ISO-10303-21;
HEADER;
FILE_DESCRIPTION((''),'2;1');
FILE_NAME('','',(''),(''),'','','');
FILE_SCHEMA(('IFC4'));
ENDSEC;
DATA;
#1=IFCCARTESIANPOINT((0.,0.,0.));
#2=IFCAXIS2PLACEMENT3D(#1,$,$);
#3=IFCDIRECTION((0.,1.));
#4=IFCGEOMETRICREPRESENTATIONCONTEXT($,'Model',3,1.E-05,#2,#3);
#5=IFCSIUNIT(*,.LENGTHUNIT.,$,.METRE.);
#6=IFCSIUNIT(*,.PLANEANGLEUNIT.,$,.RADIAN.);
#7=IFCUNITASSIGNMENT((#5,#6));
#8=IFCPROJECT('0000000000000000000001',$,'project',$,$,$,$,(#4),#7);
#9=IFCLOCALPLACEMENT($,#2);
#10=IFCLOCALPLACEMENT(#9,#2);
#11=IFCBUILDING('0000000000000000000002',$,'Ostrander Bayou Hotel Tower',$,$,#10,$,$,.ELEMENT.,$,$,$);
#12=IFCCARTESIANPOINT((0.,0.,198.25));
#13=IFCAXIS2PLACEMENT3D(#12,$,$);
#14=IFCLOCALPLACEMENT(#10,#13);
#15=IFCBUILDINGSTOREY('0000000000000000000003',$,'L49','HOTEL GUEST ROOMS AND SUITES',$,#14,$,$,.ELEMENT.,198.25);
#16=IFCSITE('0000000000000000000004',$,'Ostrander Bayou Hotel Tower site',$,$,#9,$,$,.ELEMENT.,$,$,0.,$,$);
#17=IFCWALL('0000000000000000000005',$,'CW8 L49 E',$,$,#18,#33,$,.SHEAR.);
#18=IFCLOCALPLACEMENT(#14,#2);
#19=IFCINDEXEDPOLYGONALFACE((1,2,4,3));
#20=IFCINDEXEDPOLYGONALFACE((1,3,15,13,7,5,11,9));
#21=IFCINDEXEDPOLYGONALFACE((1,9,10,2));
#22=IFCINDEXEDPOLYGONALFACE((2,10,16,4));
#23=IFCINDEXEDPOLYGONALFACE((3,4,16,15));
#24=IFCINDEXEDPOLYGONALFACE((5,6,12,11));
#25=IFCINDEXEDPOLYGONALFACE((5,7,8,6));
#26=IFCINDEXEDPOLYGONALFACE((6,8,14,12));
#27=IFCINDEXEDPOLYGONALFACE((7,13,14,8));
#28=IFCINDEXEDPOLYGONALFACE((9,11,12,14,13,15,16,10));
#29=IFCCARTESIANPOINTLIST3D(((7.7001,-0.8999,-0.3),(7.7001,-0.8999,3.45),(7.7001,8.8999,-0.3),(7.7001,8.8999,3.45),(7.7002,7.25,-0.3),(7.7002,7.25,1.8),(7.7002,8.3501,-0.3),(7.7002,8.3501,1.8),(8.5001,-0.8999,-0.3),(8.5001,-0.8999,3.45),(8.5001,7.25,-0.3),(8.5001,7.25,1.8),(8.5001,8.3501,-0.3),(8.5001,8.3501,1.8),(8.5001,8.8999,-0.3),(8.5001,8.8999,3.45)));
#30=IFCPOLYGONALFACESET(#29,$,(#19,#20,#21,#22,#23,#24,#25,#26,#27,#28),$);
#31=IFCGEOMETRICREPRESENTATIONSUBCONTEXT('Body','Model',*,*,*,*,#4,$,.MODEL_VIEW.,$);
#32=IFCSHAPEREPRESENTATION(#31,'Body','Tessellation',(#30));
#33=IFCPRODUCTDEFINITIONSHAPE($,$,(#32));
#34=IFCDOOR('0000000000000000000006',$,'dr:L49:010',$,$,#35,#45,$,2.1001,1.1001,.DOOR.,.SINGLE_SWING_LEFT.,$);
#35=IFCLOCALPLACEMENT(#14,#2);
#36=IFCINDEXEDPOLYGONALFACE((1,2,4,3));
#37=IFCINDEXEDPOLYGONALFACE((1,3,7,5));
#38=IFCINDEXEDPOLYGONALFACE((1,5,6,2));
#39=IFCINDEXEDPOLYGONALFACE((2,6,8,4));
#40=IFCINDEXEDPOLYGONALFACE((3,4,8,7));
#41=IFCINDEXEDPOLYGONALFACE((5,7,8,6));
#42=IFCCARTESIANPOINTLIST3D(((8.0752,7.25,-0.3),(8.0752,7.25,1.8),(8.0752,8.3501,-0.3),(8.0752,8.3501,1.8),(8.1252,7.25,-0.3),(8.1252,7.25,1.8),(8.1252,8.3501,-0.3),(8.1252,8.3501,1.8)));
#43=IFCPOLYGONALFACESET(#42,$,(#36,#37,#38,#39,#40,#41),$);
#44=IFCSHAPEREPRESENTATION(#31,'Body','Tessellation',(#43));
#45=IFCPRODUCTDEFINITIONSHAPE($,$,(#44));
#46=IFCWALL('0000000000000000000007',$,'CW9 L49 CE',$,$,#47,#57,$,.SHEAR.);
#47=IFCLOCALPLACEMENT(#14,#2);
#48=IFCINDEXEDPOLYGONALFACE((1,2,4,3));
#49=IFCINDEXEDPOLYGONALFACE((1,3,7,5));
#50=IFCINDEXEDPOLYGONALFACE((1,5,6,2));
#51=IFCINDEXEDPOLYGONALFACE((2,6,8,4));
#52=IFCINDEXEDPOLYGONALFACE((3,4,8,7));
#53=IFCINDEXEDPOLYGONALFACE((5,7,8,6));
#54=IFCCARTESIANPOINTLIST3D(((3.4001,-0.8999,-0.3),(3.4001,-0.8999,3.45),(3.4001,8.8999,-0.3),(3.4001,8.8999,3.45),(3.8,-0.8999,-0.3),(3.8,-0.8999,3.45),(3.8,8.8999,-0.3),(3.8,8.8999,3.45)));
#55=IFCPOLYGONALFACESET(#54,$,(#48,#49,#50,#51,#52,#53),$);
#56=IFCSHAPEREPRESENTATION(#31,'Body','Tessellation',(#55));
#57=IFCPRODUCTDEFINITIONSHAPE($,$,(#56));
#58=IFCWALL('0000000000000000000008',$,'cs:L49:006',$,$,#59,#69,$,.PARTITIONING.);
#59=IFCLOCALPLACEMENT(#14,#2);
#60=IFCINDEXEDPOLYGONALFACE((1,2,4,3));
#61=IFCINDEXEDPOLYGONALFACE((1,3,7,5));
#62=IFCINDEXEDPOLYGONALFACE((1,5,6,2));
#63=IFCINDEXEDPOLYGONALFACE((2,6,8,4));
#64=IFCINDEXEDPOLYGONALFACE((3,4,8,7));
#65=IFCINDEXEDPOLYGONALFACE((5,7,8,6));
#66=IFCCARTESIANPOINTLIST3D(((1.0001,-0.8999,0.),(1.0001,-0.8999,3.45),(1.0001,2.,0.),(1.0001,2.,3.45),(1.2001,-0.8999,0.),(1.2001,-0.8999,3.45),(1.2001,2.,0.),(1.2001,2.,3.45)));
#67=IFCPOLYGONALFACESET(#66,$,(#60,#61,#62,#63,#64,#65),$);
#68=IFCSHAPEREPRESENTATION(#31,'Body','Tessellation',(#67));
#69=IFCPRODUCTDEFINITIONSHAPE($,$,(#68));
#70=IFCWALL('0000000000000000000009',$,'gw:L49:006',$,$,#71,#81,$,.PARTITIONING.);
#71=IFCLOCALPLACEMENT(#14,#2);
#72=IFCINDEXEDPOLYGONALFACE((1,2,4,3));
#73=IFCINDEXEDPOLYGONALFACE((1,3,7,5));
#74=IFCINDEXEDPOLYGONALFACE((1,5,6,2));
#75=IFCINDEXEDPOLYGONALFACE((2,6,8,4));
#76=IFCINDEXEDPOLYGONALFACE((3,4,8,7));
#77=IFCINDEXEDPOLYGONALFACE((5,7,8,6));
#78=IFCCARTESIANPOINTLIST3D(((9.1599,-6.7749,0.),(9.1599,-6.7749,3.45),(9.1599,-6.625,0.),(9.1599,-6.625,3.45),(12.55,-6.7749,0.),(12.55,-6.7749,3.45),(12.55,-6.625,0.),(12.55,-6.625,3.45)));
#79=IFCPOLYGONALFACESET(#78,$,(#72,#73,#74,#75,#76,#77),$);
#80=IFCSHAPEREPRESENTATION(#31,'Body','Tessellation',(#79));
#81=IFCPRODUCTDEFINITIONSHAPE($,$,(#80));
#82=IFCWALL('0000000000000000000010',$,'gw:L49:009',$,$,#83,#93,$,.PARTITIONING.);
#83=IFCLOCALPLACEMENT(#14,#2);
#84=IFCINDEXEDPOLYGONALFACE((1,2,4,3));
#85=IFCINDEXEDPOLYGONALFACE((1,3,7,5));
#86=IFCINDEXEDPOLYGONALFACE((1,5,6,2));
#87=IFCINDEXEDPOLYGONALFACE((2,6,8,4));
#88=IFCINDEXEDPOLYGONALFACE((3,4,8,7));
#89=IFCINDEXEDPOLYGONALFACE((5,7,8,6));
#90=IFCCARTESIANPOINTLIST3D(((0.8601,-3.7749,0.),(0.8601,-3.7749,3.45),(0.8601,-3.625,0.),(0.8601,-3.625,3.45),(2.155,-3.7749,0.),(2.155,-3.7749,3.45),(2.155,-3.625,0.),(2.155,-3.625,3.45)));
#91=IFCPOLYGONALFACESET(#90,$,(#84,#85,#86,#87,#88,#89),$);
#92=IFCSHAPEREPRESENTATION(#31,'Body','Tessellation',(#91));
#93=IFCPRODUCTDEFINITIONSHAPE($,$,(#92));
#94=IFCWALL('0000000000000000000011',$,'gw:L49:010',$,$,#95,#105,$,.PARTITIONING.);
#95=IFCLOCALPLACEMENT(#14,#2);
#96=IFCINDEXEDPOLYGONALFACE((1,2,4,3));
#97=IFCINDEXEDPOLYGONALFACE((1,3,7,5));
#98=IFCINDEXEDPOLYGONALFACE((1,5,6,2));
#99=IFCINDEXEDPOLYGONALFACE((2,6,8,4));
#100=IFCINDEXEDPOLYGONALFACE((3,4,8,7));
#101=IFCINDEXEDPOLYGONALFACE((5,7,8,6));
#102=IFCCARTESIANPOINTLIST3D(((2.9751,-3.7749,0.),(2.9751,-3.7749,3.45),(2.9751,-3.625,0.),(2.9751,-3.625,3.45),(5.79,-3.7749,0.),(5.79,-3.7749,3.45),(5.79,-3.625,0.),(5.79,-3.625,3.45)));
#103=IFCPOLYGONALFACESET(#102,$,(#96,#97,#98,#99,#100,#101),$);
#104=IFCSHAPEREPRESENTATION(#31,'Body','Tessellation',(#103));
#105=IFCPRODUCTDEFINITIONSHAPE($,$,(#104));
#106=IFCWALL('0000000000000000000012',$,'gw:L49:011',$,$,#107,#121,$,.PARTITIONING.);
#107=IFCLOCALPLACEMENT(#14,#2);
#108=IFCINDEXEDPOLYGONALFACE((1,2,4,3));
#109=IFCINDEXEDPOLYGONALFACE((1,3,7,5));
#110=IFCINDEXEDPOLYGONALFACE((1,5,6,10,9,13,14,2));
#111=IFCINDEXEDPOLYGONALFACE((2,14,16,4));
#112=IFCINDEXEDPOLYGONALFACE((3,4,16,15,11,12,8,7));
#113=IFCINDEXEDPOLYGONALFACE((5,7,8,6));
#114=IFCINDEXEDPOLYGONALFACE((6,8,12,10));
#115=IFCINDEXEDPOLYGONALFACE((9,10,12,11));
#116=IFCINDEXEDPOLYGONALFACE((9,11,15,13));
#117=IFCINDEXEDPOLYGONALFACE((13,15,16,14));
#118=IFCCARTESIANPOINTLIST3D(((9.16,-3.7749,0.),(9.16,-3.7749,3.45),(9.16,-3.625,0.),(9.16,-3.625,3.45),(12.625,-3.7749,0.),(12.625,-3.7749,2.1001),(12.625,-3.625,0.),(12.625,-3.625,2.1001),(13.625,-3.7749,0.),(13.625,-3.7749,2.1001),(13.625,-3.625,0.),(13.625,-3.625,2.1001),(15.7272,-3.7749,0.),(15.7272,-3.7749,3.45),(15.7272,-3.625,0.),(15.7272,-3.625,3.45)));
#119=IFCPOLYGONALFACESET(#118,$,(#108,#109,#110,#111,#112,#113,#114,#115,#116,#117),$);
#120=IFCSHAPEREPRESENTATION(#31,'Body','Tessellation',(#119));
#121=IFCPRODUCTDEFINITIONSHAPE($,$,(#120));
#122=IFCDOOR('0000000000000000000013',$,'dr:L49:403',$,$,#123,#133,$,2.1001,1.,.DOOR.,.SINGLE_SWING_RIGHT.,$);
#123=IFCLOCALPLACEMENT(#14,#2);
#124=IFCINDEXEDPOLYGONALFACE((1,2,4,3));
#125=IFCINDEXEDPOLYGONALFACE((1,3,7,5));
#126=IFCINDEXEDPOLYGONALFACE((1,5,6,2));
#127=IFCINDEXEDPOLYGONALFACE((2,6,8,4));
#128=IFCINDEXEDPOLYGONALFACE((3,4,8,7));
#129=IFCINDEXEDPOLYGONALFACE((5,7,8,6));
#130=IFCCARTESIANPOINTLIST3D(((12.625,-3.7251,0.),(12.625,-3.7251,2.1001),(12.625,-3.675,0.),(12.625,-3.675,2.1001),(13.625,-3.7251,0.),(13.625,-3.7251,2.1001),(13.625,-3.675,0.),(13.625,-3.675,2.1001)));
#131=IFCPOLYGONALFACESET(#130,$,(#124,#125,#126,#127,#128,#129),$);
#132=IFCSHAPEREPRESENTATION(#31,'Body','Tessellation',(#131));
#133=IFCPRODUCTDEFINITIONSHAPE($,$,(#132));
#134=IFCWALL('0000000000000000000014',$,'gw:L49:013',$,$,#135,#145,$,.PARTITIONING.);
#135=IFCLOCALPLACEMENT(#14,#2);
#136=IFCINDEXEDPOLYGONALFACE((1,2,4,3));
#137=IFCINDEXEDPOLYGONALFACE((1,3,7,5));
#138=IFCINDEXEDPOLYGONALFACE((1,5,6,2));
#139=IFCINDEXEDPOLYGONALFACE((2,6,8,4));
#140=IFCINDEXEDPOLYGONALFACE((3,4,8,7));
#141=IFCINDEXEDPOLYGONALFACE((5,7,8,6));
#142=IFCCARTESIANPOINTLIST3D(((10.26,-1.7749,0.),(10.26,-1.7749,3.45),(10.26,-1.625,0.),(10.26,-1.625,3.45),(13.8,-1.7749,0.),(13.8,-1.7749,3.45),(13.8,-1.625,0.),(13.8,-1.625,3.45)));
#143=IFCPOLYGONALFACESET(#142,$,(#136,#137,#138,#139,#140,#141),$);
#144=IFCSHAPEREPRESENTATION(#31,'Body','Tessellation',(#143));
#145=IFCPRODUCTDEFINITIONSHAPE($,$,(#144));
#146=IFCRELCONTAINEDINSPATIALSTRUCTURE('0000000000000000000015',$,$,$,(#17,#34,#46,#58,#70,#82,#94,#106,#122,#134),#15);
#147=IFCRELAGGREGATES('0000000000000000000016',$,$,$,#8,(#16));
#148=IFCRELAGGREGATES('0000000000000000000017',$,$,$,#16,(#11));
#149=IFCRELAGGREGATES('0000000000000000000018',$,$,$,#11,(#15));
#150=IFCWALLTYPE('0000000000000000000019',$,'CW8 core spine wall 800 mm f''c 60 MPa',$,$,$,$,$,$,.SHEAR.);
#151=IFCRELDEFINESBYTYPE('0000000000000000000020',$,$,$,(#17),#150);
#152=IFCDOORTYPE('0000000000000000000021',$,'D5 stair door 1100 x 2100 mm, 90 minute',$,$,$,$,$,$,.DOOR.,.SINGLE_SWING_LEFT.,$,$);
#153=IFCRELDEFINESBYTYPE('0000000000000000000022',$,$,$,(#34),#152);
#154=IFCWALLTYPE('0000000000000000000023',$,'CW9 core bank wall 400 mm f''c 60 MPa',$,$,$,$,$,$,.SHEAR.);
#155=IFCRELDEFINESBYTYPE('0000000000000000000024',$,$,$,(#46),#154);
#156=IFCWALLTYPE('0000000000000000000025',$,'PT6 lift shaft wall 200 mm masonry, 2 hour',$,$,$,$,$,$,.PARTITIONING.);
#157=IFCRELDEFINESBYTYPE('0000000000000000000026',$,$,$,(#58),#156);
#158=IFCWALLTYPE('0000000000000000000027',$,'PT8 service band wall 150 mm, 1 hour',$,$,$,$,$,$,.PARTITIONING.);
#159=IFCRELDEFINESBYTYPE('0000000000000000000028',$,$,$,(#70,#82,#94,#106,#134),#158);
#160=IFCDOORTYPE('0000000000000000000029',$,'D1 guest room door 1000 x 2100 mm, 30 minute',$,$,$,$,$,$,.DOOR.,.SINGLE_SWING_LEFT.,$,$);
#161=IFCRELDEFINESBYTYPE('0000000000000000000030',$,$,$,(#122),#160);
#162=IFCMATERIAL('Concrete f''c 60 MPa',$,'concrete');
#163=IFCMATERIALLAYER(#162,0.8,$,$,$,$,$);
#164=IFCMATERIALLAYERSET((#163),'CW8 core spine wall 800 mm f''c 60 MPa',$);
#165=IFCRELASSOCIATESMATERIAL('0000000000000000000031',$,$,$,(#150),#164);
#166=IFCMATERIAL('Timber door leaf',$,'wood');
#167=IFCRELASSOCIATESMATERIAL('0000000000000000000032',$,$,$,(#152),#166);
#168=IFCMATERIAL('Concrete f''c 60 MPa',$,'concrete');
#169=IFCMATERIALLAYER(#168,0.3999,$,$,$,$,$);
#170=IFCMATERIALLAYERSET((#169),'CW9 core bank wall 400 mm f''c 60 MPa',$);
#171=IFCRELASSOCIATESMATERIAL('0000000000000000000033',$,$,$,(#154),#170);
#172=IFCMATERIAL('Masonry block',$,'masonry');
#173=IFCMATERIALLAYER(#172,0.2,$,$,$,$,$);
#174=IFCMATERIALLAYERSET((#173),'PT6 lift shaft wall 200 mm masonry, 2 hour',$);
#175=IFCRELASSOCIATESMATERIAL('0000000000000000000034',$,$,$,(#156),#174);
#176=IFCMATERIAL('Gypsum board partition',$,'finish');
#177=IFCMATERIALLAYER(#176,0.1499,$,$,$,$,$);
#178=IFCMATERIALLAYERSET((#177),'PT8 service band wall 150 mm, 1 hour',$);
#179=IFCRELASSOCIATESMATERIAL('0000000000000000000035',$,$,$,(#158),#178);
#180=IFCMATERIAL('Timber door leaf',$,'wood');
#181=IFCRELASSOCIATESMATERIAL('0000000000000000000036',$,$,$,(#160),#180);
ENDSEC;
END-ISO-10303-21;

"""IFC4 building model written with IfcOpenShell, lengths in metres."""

from ifc_helpers import new_model, si_unit, direction, frame, frame_2d, origin, place, context, subcontext, project, spatial, rectangle, extrude, material, layer, layer_set, type_object, element, fill, save


model = new_model("IFC4")

# Units and contexts
model_context = context("Model", 3, precision=1e-05, world=origin(), true_north=direction((0.0, 1.0)))
body_context = subcontext(model_context, "Body", "Model", "MODEL_VIEW")
ifc_project = project(units=[si_unit("LENGTHUNIT", "METRE"), si_unit("PLANEANGLEUNIT", "RADIAN")], contexts=[model_context])

# Site, building, storey
site_placement = place(None, origin())
site = spatial("IfcSite", under=ifc_project, at=site_placement, Name="Ostrander Bayou Hotel Tower site", CompositionType="ELEMENT", RefElevation=0.0)
building_placement = place(site_placement, origin())
building = spatial("IfcBuilding", under=site, at=building_placement, Name="Ostrander Bayou Hotel Tower", CompositionType="ELEMENT")
storey_placement = place(building_placement, frame((0.0, 0.0, 198.25)))
storey = spatial("IfcBuildingStorey", under=building, at=storey_placement, Name="L49", Description="HOTEL GUEST ROOMS AND SUITES", CompositionType="ELEMENT", Elevation=198.25)

# Wall, opening, door
ifc_material_1 = material(Name="Concrete f'c 60 MPa", Category="concrete")
ifc_layer_1 = layer(ifc_material_1, 0.8)
ifc_layer_set_1 = layer_set([ifc_layer_1], Name="CW8 core spine wall 800 mm f'c 60 MPa")
wall_type_1 = type_object("IfcWallType", Name="CW8 core spine wall 800 mm f'c 60 MPa", PredefinedType="SHEAR", material=ifc_layer_set_1)
wall_1_placement = place(storey_placement, frame((8.1001, -0.8999, -0.3), z_axis=(0.0, 0.0, 1.0), x_axis=(0.0, 1.0, 0.0)))
wall_1 = element("IfcWall", 1, at=wall_1_placement, inside=storey, type_object=wall_type_1, Name="CW8 L49 E", PredefinedType="SHEAR", context=body_context, shape_type="SweptSolid", body=[
    extrude(rectangle(XDim=9.7998, YDim=0.8, at=frame_2d((4.8999, 0.0))), origin(), (0.0, 0.0, 1.0), 3.75),
])
opening_1_placement = place(wall_1_placement, frame((8.1499, 0.0, 0.0)))
opening_1 = element("IfcOpeningElement", 2, at=opening_1_placement, cuts=wall_1, PredefinedType="OPENING", context=body_context, shape_type="SweptSolid", body=[
    extrude(rectangle(XDim=1.1001, YDim=2.1001, at=frame_2d((0.55, 1.05))), frame((0.0, 0.3999, 0.0), z_axis=(0.0, -1.0, 0.0), x_axis=(1.0, 0.0, 0.0)), (0.0, 0.0, 1.0), 0.8),
])
ifc_material_2 = material(Name="Timber door leaf", Category="wood")
door_type_1 = type_object("IfcDoorType", Name="D5 stair door 1100 x 2100 mm, 90 minute", OperationType="SINGLE_SWING_LEFT", PredefinedType="DOOR", material=ifc_material_2)
door_1_placement = place(opening_1_placement, origin())
door_1 = element("IfcDoor", 3, at=door_1_placement, inside=storey, type_object=door_type_1, Name="dr:L49:010", OperationType="SINGLE_SWING_LEFT", OverallHeight=2.1001, OverallWidth=1.1001, PredefinedType="DOOR", context=body_context, shape_type="SweptSolid", body=[
    extrude(rectangle(XDim=1.1001, YDim=2.1001, at=frame_2d((0.55, 1.05))), frame((0.0, 0.0249, 0.0), z_axis=(0.0, -1.0, 0.0), x_axis=(1.0, 0.0, 0.0)), (0.0, 0.0, 1.0), 0.05),
])
fill(opening_1, door_1)

# Walls
ifc_material_3 = material(Name="Concrete f'c 60 MPa", Category="concrete")
ifc_layer_2 = layer(ifc_material_3, 0.3999)
ifc_layer_set_2 = layer_set([ifc_layer_2], Name="CW9 core bank wall 400 mm f'c 60 MPa")
wall_type_2 = type_object("IfcWallType", Name="CW9 core bank wall 400 mm f'c 60 MPa", PredefinedType="SHEAR", material=ifc_layer_set_2)
wall_2_placement = place(storey_placement, frame((3.6001, -0.8999, -0.3), z_axis=(0.0, 0.0, 1.0), x_axis=(0.0, 1.0, 0.0)))
element("IfcWall", 4, at=wall_2_placement, inside=storey, type_object=wall_type_2, Name="CW9 L49 CE", PredefinedType="SHEAR", context=body_context, shape_type="SweptSolid", body=[
    extrude(rectangle(XDim=9.7998, YDim=0.3999, at=frame_2d((4.8999, 0.0))), origin(), (0.0, 0.0, 1.0), 3.75),
])
ifc_material_4 = material(Name="Masonry block", Category="masonry")
ifc_layer_3 = layer(ifc_material_4, 0.2)
ifc_layer_set_3 = layer_set([ifc_layer_3], Name="PT6 lift shaft wall 200 mm masonry, 2 hour")
wall_type_3 = type_object("IfcWallType", Name="PT6 lift shaft wall 200 mm masonry, 2 hour", PredefinedType="PARTITIONING", material=ifc_layer_set_3)
wall_3_placement = place(storey_placement, frame((1.1001, -0.8999, 0.0), z_axis=(0.0, 0.0, 1.0), x_axis=(0.0, 1.0, 0.0)))
element("IfcWall", 5, at=wall_3_placement, inside=storey, type_object=wall_type_3, Name="cs:L49:006", PredefinedType="PARTITIONING", context=body_context, shape_type="SweptSolid", body=[
    extrude(rectangle(XDim=2.8999, YDim=0.2, at=frame_2d((1.45, 0.0))), origin(), (0.0, 0.0, 1.0), 3.45),
])
ifc_material_5 = material(Name="Gypsum board partition", Category="finish")
ifc_layer_4 = layer(ifc_material_5, 0.1499)
ifc_layer_set_4 = layer_set([ifc_layer_4], Name="PT8 service band wall 150 mm, 1 hour")
wall_type_4 = type_object("IfcWallType", Name="PT8 service band wall 150 mm, 1 hour", PredefinedType="PARTITIONING", material=ifc_layer_set_4)
wall_4_placement = place(storey_placement, frame((9.1599, -6.7, 0.0), z_axis=(0.0, 0.0, 1.0), x_axis=(1.0, 0.0, 0.0)))
element("IfcWall", 6, at=wall_4_placement, inside=storey, type_object=wall_type_4, Name="gw:L49:006", PredefinedType="PARTITIONING", context=body_context, shape_type="SweptSolid", body=[
    extrude(rectangle(XDim=3.3901, YDim=0.1499, at=frame_2d((1.6951, 0.0))), origin(), (0.0, 0.0, 1.0), 3.45),
])
wall_5_placement = place(storey_placement, frame((0.8601, -3.7, 0.0), z_axis=(0.0, 0.0, 1.0), x_axis=(1.0, 0.0, 0.0)))
element("IfcWall", 7, at=wall_5_placement, inside=storey, type_object=wall_type_4, Name="gw:L49:009", PredefinedType="PARTITIONING", context=body_context, shape_type="SweptSolid", body=[
    extrude(rectangle(XDim=1.2949, YDim=0.1499, at=frame_2d((0.6475, 0.0))), origin(), (0.0, 0.0, 1.0), 3.45),
])
wall_6_placement = place(storey_placement, frame((2.9751, -3.7, 0.0), z_axis=(0.0, 0.0, 1.0), x_axis=(1.0, 0.0, 0.0)))
element("IfcWall", 8, at=wall_6_placement, inside=storey, type_object=wall_type_4, Name="gw:L49:010", PredefinedType="PARTITIONING", context=body_context, shape_type="SweptSolid", body=[
    extrude(rectangle(XDim=2.8149, YDim=0.1499, at=frame_2d((1.4075, 0.0))), origin(), (0.0, 0.0, 1.0), 3.45),
])

# Wall, opening, door
wall_7_placement = place(storey_placement, frame((9.1599, -3.7, 0.0), z_axis=(0.0, 0.0, 1.0), x_axis=(1.0, 0.0, 0.0)))
wall_7 = element("IfcWall", 9, at=wall_7_placement, inside=storey, type_object=wall_type_4, Name="gw:L49:011", PredefinedType="PARTITIONING", context=body_context, shape_type="SweptSolid", body=[
    extrude(rectangle(XDim=6.5671, YDim=0.1499, at=frame_2d((3.2837, 0.0))), origin(), (0.0, 0.0, 1.0), 3.45),
])
opening_2_placement = place(wall_7_placement, frame((3.4651, 0.0, 0.0)))
opening_2 = element("IfcOpeningElement", 10, at=opening_2_placement, cuts=wall_7, PredefinedType="OPENING", context=body_context, shape_type="SweptSolid", body=[
    extrude(rectangle(XDim=1.0, YDim=2.1001, at=frame_2d((0.5, 1.05))), frame((0.0, 0.075, 0.0), z_axis=(0.0, -1.0, 0.0), x_axis=(1.0, 0.0, 0.0)), (0.0, 0.0, 1.0), 0.1499),
])
ifc_material_6 = material(Name="Timber door leaf", Category="wood")
door_type_2 = type_object("IfcDoorType", Name="D1 guest room door 1000 x 2100 mm, 30 minute", OperationType="SINGLE_SWING_LEFT", PredefinedType="DOOR", material=ifc_material_6)
door_2_placement = place(opening_2_placement, origin())
door_2 = element("IfcDoor", 11, at=door_2_placement, inside=storey, type_object=door_type_2, Name="dr:L49:403", OperationType="SINGLE_SWING_RIGHT", OverallHeight=2.1001, OverallWidth=1.0, PredefinedType="DOOR", context=body_context, shape_type="SweptSolid", body=[
    extrude(rectangle(XDim=1.0, YDim=2.1001, at=frame_2d((0.5, 1.05))), frame((0.0, 0.0249, 0.0), z_axis=(0.0, -1.0, 0.0), x_axis=(1.0, 0.0, 0.0)), (0.0, 0.0, 1.0), 0.05),
])
fill(opening_2, door_2)

# Wall
wall_8_placement = place(storey_placement, frame((10.26, -1.7, 0.0), z_axis=(0.0, 0.0, 1.0), x_axis=(1.0, 0.0, 0.0)))
element("IfcWall", 12, at=wall_8_placement, inside=storey, type_object=wall_type_4, Name="gw:L49:013", PredefinedType="PARTITIONING", context=body_context, shape_type="SweptSolid", body=[
    extrude(rectangle(XDim=3.54, YDim=0.1499, at=frame_2d((1.77, 0.0))), origin(), (0.0, 0.0, 1.0), 3.45),
])

save(model, "model.ifc")
